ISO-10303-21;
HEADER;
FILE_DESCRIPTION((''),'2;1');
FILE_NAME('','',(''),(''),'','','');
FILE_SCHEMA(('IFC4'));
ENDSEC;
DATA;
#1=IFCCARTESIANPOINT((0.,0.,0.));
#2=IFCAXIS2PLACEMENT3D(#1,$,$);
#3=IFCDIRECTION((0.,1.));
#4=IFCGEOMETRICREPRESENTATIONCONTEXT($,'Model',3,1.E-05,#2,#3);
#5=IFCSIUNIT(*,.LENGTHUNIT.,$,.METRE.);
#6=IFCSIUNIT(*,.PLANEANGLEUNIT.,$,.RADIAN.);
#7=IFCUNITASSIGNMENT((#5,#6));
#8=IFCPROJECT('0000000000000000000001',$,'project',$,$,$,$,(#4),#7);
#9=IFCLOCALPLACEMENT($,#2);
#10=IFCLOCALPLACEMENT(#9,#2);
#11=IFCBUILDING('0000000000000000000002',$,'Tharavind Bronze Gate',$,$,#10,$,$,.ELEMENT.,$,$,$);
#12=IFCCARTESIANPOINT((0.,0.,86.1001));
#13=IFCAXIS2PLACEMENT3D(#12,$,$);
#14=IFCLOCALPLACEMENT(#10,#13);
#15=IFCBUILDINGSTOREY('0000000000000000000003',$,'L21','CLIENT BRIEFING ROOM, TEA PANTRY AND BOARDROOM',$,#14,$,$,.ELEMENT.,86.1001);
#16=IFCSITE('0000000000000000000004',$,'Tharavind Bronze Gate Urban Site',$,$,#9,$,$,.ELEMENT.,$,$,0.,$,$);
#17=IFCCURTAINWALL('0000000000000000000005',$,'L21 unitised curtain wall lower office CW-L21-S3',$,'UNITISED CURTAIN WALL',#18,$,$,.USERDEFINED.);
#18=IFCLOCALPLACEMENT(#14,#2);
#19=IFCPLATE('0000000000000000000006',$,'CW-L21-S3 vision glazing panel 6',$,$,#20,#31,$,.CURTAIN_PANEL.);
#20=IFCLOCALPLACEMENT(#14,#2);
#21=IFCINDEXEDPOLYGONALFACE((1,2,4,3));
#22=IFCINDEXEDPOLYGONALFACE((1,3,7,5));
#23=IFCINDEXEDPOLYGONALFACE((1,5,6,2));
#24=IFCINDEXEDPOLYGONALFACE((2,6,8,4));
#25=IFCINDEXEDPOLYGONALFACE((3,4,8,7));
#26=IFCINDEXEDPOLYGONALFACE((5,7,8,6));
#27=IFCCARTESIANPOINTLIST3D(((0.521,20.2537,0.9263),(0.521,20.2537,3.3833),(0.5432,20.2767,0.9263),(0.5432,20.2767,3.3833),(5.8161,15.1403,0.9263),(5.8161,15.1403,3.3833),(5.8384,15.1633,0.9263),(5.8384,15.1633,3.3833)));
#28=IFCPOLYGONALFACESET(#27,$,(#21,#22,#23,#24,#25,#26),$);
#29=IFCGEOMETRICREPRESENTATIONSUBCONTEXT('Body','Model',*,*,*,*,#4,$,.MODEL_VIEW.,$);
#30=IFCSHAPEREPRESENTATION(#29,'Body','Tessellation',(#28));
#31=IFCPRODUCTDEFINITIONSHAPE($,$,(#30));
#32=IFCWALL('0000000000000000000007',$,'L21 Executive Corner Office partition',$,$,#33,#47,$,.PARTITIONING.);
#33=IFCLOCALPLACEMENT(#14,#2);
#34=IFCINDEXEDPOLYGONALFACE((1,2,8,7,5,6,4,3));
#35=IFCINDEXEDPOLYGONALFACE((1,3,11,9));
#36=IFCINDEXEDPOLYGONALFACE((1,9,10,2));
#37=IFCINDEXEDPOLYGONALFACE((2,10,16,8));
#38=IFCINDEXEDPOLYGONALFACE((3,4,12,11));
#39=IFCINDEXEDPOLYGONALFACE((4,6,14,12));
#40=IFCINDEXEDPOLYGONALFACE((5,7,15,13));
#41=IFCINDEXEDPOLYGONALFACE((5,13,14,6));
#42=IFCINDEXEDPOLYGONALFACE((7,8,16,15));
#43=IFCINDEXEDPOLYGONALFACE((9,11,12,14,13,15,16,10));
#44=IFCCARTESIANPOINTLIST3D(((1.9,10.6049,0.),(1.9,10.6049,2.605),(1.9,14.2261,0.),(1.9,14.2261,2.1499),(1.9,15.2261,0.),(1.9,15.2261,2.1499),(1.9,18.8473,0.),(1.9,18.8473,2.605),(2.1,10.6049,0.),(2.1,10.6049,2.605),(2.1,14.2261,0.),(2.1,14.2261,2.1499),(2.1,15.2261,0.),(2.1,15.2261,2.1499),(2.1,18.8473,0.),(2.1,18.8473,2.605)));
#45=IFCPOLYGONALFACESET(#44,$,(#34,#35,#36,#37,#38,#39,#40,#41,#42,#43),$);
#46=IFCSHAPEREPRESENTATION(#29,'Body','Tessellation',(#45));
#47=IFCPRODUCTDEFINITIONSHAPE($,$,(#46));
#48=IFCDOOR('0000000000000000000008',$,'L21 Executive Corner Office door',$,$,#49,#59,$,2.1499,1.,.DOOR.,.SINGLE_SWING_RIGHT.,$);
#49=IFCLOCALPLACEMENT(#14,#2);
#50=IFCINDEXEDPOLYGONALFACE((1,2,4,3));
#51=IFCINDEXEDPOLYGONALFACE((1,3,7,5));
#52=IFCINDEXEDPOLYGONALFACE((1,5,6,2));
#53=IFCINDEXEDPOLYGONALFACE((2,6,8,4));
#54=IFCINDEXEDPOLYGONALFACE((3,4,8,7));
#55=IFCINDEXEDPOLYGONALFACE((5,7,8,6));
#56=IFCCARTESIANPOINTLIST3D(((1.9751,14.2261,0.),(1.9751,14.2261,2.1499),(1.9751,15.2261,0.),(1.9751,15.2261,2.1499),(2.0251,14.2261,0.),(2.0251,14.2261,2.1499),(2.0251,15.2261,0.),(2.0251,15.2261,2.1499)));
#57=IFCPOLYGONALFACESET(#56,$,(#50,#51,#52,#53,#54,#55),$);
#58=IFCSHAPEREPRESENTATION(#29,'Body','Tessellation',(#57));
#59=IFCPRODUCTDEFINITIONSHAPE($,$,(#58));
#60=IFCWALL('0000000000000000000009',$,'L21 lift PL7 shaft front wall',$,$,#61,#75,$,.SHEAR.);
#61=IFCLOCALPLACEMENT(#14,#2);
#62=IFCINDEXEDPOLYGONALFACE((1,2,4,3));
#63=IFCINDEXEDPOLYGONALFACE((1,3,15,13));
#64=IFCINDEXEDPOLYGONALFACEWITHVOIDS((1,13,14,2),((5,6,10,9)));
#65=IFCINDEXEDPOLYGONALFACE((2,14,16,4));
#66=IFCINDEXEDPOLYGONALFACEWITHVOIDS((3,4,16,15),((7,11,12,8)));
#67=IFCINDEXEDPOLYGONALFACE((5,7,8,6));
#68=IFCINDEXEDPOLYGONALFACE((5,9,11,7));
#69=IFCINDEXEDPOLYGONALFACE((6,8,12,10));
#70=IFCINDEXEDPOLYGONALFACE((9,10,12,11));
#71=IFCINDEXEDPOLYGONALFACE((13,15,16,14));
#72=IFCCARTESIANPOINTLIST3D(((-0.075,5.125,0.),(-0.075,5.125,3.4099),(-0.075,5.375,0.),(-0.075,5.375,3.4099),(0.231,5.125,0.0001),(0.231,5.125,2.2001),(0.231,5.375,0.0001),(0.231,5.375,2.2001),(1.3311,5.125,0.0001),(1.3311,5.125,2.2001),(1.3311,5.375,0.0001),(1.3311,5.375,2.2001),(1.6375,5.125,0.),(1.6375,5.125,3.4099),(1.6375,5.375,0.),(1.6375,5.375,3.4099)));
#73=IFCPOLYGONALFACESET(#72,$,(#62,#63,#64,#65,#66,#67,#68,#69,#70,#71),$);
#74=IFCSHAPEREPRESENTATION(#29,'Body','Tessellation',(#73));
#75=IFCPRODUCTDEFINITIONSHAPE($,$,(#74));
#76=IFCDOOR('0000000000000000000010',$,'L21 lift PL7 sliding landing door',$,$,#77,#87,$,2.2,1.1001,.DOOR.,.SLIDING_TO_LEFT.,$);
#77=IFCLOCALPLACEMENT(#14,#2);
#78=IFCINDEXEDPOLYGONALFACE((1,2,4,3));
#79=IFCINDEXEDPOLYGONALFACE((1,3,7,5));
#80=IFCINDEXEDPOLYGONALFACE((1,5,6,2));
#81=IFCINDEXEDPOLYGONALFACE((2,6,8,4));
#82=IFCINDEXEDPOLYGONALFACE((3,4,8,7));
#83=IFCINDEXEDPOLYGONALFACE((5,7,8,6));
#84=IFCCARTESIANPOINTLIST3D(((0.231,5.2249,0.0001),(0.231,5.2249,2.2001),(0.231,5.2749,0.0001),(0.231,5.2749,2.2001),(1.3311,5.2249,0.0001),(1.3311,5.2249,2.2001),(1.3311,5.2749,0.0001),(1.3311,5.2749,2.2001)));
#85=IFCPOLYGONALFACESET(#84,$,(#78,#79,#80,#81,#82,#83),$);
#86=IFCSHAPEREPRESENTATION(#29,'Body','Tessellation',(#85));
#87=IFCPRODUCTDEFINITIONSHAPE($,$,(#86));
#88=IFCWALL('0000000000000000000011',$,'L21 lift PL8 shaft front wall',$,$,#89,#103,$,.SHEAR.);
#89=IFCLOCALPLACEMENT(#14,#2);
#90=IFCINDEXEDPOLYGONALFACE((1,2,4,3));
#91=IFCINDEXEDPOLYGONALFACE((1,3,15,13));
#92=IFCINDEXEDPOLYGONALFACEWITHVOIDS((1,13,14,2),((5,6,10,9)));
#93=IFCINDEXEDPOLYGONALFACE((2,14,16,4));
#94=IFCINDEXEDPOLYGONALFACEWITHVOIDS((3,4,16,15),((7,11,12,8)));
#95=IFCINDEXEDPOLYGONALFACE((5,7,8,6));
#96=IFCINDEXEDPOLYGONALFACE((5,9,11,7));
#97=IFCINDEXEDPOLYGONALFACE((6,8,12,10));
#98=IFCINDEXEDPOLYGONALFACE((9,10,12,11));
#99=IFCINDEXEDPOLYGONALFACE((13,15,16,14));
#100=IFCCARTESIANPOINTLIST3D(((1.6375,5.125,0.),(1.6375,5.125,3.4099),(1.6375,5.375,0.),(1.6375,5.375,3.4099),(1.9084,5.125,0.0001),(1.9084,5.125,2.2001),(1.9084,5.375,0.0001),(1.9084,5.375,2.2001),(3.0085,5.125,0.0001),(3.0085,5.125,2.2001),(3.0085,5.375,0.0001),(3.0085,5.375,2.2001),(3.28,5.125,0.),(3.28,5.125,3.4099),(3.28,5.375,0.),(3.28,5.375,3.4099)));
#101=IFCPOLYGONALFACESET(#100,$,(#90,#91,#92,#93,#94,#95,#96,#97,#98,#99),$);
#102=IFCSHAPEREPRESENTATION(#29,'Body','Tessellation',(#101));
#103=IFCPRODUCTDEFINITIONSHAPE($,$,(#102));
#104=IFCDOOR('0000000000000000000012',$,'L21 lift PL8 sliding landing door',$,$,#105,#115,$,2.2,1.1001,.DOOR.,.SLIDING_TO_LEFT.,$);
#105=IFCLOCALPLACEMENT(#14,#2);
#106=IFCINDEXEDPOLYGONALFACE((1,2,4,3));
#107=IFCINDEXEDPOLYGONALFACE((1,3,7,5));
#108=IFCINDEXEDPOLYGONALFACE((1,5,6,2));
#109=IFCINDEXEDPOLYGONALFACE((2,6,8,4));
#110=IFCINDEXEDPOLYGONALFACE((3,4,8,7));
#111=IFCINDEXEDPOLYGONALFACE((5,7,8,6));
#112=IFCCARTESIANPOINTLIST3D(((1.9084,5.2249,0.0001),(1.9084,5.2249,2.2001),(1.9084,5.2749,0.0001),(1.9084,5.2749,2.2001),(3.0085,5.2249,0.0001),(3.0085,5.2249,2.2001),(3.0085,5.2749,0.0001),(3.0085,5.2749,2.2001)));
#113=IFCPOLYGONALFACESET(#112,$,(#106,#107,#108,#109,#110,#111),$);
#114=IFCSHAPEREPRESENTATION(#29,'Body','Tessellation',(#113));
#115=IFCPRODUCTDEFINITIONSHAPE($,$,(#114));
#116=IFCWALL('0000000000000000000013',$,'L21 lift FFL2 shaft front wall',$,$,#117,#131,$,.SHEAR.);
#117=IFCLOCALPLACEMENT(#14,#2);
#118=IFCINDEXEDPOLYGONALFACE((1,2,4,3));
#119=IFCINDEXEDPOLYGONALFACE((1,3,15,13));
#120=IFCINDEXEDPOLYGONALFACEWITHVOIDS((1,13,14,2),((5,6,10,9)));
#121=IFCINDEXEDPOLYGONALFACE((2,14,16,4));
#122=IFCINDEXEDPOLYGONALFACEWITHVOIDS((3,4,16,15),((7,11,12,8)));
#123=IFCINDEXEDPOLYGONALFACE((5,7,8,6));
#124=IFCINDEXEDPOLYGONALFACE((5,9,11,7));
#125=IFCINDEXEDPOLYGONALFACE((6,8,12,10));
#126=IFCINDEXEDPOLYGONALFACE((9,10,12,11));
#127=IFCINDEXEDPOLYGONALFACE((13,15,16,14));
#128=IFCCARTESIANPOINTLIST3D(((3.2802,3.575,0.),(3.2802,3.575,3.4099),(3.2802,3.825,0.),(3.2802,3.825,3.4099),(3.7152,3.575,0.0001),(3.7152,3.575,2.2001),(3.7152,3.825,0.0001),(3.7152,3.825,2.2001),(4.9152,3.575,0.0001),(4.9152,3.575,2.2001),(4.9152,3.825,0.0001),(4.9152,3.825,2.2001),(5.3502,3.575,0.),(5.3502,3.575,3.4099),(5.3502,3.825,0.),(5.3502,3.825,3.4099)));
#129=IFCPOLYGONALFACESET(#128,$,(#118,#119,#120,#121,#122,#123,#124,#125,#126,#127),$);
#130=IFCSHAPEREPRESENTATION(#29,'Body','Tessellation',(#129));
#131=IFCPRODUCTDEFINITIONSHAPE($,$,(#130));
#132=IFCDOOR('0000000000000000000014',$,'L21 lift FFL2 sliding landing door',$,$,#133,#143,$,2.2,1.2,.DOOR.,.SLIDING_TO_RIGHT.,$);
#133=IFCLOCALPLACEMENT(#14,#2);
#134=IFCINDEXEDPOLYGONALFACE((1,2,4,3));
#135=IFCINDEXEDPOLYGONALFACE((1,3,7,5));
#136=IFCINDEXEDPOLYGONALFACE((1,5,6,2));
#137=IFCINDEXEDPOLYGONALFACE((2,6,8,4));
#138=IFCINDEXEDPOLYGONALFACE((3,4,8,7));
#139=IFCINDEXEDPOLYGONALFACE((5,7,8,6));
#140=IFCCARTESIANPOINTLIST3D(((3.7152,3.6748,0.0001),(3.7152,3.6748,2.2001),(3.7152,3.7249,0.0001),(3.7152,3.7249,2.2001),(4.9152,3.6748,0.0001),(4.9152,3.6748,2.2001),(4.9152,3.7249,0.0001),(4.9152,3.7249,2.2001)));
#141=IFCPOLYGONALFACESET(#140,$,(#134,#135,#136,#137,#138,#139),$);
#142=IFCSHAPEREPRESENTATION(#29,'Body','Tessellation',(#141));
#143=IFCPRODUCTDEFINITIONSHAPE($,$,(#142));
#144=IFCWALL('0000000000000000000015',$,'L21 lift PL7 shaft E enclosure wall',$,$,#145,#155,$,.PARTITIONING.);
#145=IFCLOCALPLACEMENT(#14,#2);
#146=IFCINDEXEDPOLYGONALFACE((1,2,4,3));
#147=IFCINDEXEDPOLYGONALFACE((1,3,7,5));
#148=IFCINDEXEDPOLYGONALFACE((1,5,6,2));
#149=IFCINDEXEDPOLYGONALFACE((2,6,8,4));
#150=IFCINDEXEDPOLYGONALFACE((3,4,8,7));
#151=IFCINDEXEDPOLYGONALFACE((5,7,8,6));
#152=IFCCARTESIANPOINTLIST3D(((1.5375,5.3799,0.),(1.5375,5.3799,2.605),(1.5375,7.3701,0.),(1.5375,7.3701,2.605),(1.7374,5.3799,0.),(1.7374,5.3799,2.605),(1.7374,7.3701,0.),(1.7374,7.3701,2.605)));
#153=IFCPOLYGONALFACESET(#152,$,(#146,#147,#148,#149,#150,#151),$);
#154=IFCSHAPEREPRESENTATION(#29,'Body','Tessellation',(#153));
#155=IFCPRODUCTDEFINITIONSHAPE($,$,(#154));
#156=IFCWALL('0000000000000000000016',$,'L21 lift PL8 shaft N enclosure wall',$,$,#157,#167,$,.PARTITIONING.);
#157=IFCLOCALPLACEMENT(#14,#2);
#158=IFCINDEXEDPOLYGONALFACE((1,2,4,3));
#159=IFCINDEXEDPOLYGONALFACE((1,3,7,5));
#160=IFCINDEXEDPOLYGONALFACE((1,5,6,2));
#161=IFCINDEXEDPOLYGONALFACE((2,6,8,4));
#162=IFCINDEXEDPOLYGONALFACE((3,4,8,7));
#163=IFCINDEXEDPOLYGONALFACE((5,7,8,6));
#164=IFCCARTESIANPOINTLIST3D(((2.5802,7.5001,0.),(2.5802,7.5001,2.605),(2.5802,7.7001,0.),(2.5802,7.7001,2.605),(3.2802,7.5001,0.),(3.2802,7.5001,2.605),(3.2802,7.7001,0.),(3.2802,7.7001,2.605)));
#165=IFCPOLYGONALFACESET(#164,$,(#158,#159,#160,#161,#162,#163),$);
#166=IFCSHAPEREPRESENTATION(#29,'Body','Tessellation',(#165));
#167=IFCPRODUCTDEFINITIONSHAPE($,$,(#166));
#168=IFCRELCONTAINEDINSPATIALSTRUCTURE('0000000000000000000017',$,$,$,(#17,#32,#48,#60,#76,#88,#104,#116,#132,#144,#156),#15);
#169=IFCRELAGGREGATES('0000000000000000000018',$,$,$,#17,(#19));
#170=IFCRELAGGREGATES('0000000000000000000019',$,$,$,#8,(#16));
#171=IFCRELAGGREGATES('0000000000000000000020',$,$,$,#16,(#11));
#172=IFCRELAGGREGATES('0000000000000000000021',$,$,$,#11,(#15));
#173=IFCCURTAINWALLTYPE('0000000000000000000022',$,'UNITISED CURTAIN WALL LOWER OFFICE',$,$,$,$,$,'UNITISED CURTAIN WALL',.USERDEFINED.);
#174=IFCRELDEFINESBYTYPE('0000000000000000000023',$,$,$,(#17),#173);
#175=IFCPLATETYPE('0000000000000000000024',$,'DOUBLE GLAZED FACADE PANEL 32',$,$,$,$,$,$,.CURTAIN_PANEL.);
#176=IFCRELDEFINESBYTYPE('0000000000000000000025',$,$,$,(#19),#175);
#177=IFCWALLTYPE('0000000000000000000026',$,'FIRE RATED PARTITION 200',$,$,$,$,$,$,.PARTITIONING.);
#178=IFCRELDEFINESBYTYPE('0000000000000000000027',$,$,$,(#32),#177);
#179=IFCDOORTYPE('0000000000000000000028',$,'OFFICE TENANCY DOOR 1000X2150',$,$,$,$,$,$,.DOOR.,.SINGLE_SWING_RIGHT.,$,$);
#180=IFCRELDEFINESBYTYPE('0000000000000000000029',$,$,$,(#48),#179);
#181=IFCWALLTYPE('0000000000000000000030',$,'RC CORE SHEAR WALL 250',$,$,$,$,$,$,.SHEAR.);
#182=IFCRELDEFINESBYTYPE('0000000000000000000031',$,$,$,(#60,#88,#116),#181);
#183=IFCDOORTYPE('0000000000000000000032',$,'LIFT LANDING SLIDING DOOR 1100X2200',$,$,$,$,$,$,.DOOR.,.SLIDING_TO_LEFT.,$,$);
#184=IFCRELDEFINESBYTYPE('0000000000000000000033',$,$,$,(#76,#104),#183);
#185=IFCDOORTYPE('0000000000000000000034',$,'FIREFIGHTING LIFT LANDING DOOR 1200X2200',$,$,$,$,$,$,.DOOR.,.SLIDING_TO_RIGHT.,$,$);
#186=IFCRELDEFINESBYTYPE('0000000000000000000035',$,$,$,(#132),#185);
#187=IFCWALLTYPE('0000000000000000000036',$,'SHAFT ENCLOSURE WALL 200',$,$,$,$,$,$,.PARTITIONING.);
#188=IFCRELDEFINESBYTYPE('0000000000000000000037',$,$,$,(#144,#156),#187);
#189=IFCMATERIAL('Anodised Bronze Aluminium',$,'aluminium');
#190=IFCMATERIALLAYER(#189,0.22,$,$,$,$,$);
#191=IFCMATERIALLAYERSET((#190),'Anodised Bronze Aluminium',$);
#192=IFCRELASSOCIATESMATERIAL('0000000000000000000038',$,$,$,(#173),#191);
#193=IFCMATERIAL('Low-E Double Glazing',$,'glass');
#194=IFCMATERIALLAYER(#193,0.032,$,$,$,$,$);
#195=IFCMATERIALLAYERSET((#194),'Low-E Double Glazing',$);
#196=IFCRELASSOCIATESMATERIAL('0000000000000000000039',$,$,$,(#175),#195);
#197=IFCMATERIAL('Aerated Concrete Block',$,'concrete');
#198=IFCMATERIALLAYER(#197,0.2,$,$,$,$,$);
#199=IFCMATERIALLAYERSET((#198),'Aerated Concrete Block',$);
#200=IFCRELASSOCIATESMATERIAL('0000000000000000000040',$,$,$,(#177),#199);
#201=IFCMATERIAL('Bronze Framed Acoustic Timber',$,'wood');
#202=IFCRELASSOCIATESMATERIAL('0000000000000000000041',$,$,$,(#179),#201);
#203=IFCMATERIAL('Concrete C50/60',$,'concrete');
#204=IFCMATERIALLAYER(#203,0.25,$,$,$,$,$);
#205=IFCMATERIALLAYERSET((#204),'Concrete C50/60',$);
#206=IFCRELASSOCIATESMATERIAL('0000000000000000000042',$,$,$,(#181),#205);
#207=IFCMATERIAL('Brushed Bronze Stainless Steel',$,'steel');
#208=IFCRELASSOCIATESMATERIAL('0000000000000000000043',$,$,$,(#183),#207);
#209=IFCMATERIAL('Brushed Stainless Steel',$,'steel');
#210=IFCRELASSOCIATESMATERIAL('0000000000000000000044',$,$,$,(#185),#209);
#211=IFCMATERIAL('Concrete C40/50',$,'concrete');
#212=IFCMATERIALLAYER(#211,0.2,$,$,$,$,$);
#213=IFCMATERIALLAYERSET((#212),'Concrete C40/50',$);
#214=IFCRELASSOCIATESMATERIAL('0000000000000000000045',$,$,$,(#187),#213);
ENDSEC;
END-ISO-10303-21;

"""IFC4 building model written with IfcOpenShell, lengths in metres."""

from ifc_helpers import new_model, si_unit, direction, frame, frame_2d, origin, origin_2d, place, context, subcontext, project, spatial, rectangle, extrude, material, layer, layer_set, type_object, element, fill, aggregate, save


model = new_model("IFC4")

# Units and contexts
model_context = context("Model", 3, precision=1e-05, world=origin(), true_north=direction((0.0, 1.0)))
body_context = subcontext(model_context, "Body", "Model", "MODEL_VIEW")
ifc_project = project(units=[si_unit("LENGTHUNIT", "METRE"), si_unit("PLANEANGLEUNIT", "RADIAN")], contexts=[model_context])

# Site, building, storey
site_placement = place(None, origin())
site = spatial("IfcSite", under=ifc_project, at=site_placement, Name="Tharavind Bronze Gate Urban Site", CompositionType="ELEMENT", RefElevation=0.0)
building_placement = place(site_placement, origin())
building = spatial("IfcBuilding", under=site, at=building_placement, Name="Tharavind Bronze Gate", CompositionType="ELEMENT")
storey_placement = place(building_placement, frame((0.0, 0.0, 86.1001)))
storey = spatial("IfcBuildingStorey", under=building, at=storey_placement, Name="L21", Description="CLIENT BRIEFING ROOM, TEA PANTRY AND BOARDROOM", CompositionType="ELEMENT", Elevation=86.1001)

# Curtain wall
ifc_material_1 = material(Name="Anodised Bronze Aluminium", Category="aluminium")
ifc_layer_1 = layer(ifc_material_1, 0.22)
ifc_layer_set_1 = layer_set([ifc_layer_1], Name="Anodised Bronze Aluminium")
curtain_wall_type = type_object("IfcCurtainWallType", Name="UNITISED CURTAIN WALL LOWER OFFICE", ElementType="UNITISED CURTAIN WALL", PredefinedType="USERDEFINED", material=ifc_layer_set_1)
curtain_wall_placement = place(storey_placement, origin())
curtain_wall = element("IfcCurtainWall", 1, at=curtain_wall_placement, inside=storey, type_object=curtain_wall_type, Name="L21 unitised curtain wall lower office CW-L21-S3", ObjectType="UNITISED CURTAIN WALL", PredefinedType="USERDEFINED")

# Plate
ifc_material_2 = material(Name="Low-E Double Glazing", Category="glass")
ifc_layer_2 = layer(ifc_material_2, 0.032)
ifc_layer_set_2 = layer_set([ifc_layer_2], Name="Low-E Double Glazing")
plate_type_1 = type_object("IfcPlateType", Name="DOUBLE GLAZED FACADE PANEL 32", PredefinedType="CURTAIN_PANEL", material=ifc_layer_set_2)
plate_1_placement = place(storey_placement, frame((3.1797, 17.7085, 0.9263), z_axis=(0.0, 0.0, 1.0), x_axis=(-0.719341, 0.694657, 0.0)))
plate_1 = element("IfcPlate", 2, at=plate_1_placement, type_object=plate_type_1, Name="CW-L21-S3 vision glazing panel 6", PredefinedType="CURTAIN_PANEL", context=body_context, shape_type="SweptSolid", body=[
    extrude(rectangle(XDim=7.3611, YDim=0.032, at=origin_2d()), origin(), (0.0, 0.0, 1.0), 2.457),
])
aggregate(curtain_wall, [plate_1])

# Walls, openings, doors
ifc_material_3 = material(Name="Aerated Concrete Block", Category="concrete")
ifc_layer_3 = layer(ifc_material_3, 0.2)
ifc_layer_set_3 = layer_set([ifc_layer_3], Name="Aerated Concrete Block")
wall_type_1 = type_object("IfcWallType", Name="FIRE RATED PARTITION 200", PredefinedType="PARTITIONING", material=ifc_layer_set_3)
wall_1_placement = place(storey_placement, frame((2.0, 10.605, 0.0), z_axis=(0.0, 0.0, 1.0), x_axis=(0.0, 1.0, 0.0)))
wall_1 = element("IfcWall", 3, at=wall_1_placement, inside=storey, type_object=wall_type_1, Name="L21 Executive Corner Office partition", PredefinedType="PARTITIONING", context=body_context, shape_type="SweptSolid", body=[
    extrude(rectangle(XDim=8.2424, YDim=0.2, at=frame_2d((4.1211, 0.0))), origin(), (0.0, 0.0, 1.0), 2.605),
])
opening_1_placement = place(wall_1_placement, frame((3.6211, 0.0, 0.0)))
opening_1 = element("IfcOpeningElement", 4, at=opening_1_placement, cuts=wall_1, PredefinedType="OPENING", context=body_context, shape_type="SweptSolid", body=[
    extrude(rectangle(XDim=1.0, YDim=2.1499, at=frame_2d((0.5, 1.075))), frame((0.0, 0.1101, 0.0), z_axis=(0.0, -1.0, 0.0), x_axis=(1.0, 0.0, 0.0)), (0.0, 0.0, 1.0), 0.22),
])
ifc_material_4 = material(Name="Bronze Framed Acoustic Timber", Category="wood")
door_type_1 = type_object("IfcDoorType", Name="OFFICE TENANCY DOOR 1000X2150", OperationType="SINGLE_SWING_RIGHT", PredefinedType="DOOR", material=ifc_material_4)
door_1_placement = place(opening_1_placement, origin())
door_1 = element("IfcDoor", 5, at=door_1_placement, inside=storey, type_object=door_type_1, Name="L21 Executive Corner Office door", OperationType="SINGLE_SWING_RIGHT", OverallHeight=2.1499, OverallWidth=1.0, PredefinedType="DOOR", context=body_context, shape_type="SweptSolid", body=[
    extrude(rectangle(XDim=1.0, YDim=2.1499, at=frame_2d((0.5, 1.075))), frame((0.0, 0.0249, 0.0), z_axis=(0.0, -1.0, 0.0), x_axis=(1.0, 0.0, 0.0)), (0.0, 0.0, 1.0), 0.05),
])
fill(opening_1, door_1)
ifc_material_5 = material(Name="Concrete C50/60", Category="concrete")
ifc_layer_4 = layer(ifc_material_5, 0.25)
ifc_layer_set_4 = layer_set([ifc_layer_4], Name="Concrete C50/60")
wall_type_2 = type_object("IfcWallType", Name="RC CORE SHEAR WALL 250", PredefinedType="SHEAR", material=ifc_layer_set_4)
wall_2_placement = place(storey_placement, frame((-0.075, 5.25, 0.0), z_axis=(0.0, 0.0, 1.0), x_axis=(1.0, 0.0, 0.0)))
wall_2 = element("IfcWall", 6, at=wall_2_placement, inside=storey, type_object=wall_type_2, Name="L21 lift PL7 shaft front wall", PredefinedType="SHEAR", context=body_context, shape_type="SweptSolid", body=[
    extrude(rectangle(XDim=1.7124, YDim=0.25, at=frame_2d((0.8562, 0.0))), origin(), (0.0, 0.0, 1.0), 3.4099),
])
opening_2_placement = place(wall_2_placement, frame((0.3059, 0.0, 0.0)))
opening_2 = element("IfcOpeningElement", 7, at=opening_2_placement, cuts=wall_2, PredefinedType="OPENING", context=body_context, shape_type="SweptSolid", body=[
    extrude(rectangle(XDim=1.1001, YDim=2.2, at=frame_2d((0.55, 1.1001))), frame((0.0, 0.135, 0.0), z_axis=(0.0, -1.0, 0.0), x_axis=(1.0, 0.0, 0.0)), (0.0, 0.0, 1.0), 0.27),
])
ifc_material_6 = material(Name="Brushed Bronze Stainless Steel", Category="steel")
door_type_2 = type_object("IfcDoorType", Name="LIFT LANDING SLIDING DOOR 1100X2200", OperationType="SLIDING_TO_LEFT", PredefinedType="DOOR", material=ifc_material_6)
door_2_placement = place(opening_2_placement, origin())
door_2 = element("IfcDoor", 8, at=door_2_placement, inside=storey, type_object=door_type_2, Name="L21 lift PL7 sliding landing door", OperationType="SLIDING_TO_LEFT", OverallHeight=2.2, OverallWidth=1.1001, PredefinedType="DOOR", context=body_context, shape_type="SweptSolid", body=[
    extrude(rectangle(XDim=1.1001, YDim=2.2, at=frame_2d((0.55, 1.1001))), frame((0.0, 0.0249, 0.0), z_axis=(0.0, -1.0, 0.0), x_axis=(1.0, 0.0, 0.0)), (0.0, 0.0, 1.0), 0.05),
])
fill(opening_2, door_2)
wall_3_placement = place(storey_placement, frame((1.6375, 5.25, 0.0), z_axis=(0.0, 0.0, 1.0), x_axis=(1.0, 0.0, 0.0)))
wall_3 = element("IfcWall", 9, at=wall_3_placement, inside=storey, type_object=wall_type_2, Name="L21 lift PL8 shaft front wall", PredefinedType="SHEAR", context=body_context, shape_type="SweptSolid", body=[
    extrude(rectangle(XDim=1.6426, YDim=0.25, at=frame_2d((0.8213, 0.0))), origin(), (0.0, 0.0, 1.0), 3.4099),
])
opening_3_placement = place(wall_3_placement, frame((0.271, 0.0, 0.0)))
opening_3 = element("IfcOpeningElement", 10, at=opening_3_placement, cuts=wall_3, PredefinedType="OPENING", context=body_context, shape_type="SweptSolid", body=[
    extrude(rectangle(XDim=1.1001, YDim=2.2, at=frame_2d((0.55, 1.1001))), frame((0.0, 0.135, 0.0), z_axis=(0.0, -1.0, 0.0), x_axis=(1.0, 0.0, 0.0)), (0.0, 0.0, 1.0), 0.27),
])
door_3_placement = place(opening_3_placement, origin())
door_3 = element("IfcDoor", 11, at=door_3_placement, inside=storey, type_object=door_type_2, Name="L21 lift PL8 sliding landing door", OperationType="SLIDING_TO_LEFT", OverallHeight=2.2, OverallWidth=1.1001, PredefinedType="DOOR", context=body_context, shape_type="SweptSolid", body=[
    extrude(rectangle(XDim=1.1001, YDim=2.2, at=frame_2d((0.55, 1.1001))), frame((0.0, 0.0249, 0.0), z_axis=(0.0, -1.0, 0.0), x_axis=(1.0, 0.0, 0.0)), (0.0, 0.0, 1.0), 0.05),
])
fill(opening_3, door_3)
wall_4_placement = place(storey_placement, frame((3.28, 3.7, 0.0), z_axis=(0.0, 0.0, 1.0), x_axis=(1.0, 0.0, 0.0)))
wall_4 = element("IfcWall", 12, at=wall_4_placement, inside=storey, type_object=wall_type_2, Name="L21 lift FFL2 shaft front wall", PredefinedType="SHEAR", context=body_context, shape_type="SweptSolid", body=[
    extrude(rectangle(XDim=2.0701, YDim=0.25, at=frame_2d((1.0352, 0.0))), origin(), (0.0, 0.0, 1.0), 3.4099),
])
opening_4_placement = place(wall_4_placement, frame((0.4351, 0.0, 0.0)))
opening_4 = element("IfcOpeningElement", 13, at=opening_4_placement, cuts=wall_4, PredefinedType="OPENING", context=body_context, shape_type="SweptSolid", body=[
    extrude(rectangle(XDim=1.2, YDim=2.2, at=frame_2d((0.6001, 1.1001))), frame((0.0, 0.135, 0.0), z_axis=(0.0, -1.0, 0.0), x_axis=(1.0, 0.0, 0.0)), (0.0, 0.0, 1.0), 0.27),
])
ifc_material_7 = material(Name="Brushed Stainless Steel", Category="steel")
door_type_3 = type_object("IfcDoorType", Name="FIREFIGHTING LIFT LANDING DOOR 1200X2200", OperationType="SLIDING_TO_RIGHT", PredefinedType="DOOR", material=ifc_material_7)
door_4_placement = place(opening_4_placement, origin())
door_4 = element("IfcDoor", 14, at=door_4_placement, inside=storey, type_object=door_type_3, Name="L21 lift FFL2 sliding landing door", OperationType="SLIDING_TO_RIGHT", OverallHeight=2.2, OverallWidth=1.2, PredefinedType="DOOR", context=body_context, shape_type="SweptSolid", body=[
    extrude(rectangle(XDim=1.2, YDim=2.2, at=frame_2d((0.6001, 1.1001))), frame((0.0, 0.0249, 0.0), z_axis=(0.0, -1.0, 0.0), x_axis=(1.0, 0.0, 0.0)), (0.0, 0.0, 1.0), 0.05),
])
fill(opening_4, door_4)

# Walls
ifc_material_8 = material(Name="Concrete C40/50", Category="concrete")
ifc_layer_5 = layer(ifc_material_8, 0.2)
ifc_layer_set_5 = layer_set([ifc_layer_5], Name="Concrete C40/50")
wall_type_3 = type_object("IfcWallType", Name="SHAFT ENCLOSURE WALL 200", PredefinedType="PARTITIONING", material=ifc_layer_set_5)
wall_5_placement = place(storey_placement, frame((1.6375, 5.3799, 0.0), z_axis=(0.0, 0.0, 1.0), x_axis=(0.0, 1.0, 0.0)))
element("IfcWall", 15, at=wall_5_placement, inside=storey, type_object=wall_type_3, Name="L21 lift PL7 shaft E enclosure wall", PredefinedType="PARTITIONING", context=body_context, shape_type="SweptSolid", body=[
    extrude(rectangle(XDim=1.9902, YDim=0.2, at=frame_2d((0.9951, 0.0))), origin(), (0.0, 0.0, 1.0), 2.605),
])
wall_6_placement = place(storey_placement, frame((2.5801, 7.6001, 0.0), z_axis=(0.0, 0.0, 1.0), x_axis=(1.0, 0.0, 0.0)))
element("IfcWall", 16, at=wall_6_placement, inside=storey, type_object=wall_type_3, Name="L21 lift PL8 shaft N enclosure wall", PredefinedType="PARTITIONING", context=body_context, shape_type="SweptSolid", body=[
    extrude(rectangle(XDim=0.7, YDim=0.2, at=frame_2d((0.3501, 0.0))), origin(), (0.0, 0.0, 1.0), 2.605),
])

save(model, "model.ifc")
